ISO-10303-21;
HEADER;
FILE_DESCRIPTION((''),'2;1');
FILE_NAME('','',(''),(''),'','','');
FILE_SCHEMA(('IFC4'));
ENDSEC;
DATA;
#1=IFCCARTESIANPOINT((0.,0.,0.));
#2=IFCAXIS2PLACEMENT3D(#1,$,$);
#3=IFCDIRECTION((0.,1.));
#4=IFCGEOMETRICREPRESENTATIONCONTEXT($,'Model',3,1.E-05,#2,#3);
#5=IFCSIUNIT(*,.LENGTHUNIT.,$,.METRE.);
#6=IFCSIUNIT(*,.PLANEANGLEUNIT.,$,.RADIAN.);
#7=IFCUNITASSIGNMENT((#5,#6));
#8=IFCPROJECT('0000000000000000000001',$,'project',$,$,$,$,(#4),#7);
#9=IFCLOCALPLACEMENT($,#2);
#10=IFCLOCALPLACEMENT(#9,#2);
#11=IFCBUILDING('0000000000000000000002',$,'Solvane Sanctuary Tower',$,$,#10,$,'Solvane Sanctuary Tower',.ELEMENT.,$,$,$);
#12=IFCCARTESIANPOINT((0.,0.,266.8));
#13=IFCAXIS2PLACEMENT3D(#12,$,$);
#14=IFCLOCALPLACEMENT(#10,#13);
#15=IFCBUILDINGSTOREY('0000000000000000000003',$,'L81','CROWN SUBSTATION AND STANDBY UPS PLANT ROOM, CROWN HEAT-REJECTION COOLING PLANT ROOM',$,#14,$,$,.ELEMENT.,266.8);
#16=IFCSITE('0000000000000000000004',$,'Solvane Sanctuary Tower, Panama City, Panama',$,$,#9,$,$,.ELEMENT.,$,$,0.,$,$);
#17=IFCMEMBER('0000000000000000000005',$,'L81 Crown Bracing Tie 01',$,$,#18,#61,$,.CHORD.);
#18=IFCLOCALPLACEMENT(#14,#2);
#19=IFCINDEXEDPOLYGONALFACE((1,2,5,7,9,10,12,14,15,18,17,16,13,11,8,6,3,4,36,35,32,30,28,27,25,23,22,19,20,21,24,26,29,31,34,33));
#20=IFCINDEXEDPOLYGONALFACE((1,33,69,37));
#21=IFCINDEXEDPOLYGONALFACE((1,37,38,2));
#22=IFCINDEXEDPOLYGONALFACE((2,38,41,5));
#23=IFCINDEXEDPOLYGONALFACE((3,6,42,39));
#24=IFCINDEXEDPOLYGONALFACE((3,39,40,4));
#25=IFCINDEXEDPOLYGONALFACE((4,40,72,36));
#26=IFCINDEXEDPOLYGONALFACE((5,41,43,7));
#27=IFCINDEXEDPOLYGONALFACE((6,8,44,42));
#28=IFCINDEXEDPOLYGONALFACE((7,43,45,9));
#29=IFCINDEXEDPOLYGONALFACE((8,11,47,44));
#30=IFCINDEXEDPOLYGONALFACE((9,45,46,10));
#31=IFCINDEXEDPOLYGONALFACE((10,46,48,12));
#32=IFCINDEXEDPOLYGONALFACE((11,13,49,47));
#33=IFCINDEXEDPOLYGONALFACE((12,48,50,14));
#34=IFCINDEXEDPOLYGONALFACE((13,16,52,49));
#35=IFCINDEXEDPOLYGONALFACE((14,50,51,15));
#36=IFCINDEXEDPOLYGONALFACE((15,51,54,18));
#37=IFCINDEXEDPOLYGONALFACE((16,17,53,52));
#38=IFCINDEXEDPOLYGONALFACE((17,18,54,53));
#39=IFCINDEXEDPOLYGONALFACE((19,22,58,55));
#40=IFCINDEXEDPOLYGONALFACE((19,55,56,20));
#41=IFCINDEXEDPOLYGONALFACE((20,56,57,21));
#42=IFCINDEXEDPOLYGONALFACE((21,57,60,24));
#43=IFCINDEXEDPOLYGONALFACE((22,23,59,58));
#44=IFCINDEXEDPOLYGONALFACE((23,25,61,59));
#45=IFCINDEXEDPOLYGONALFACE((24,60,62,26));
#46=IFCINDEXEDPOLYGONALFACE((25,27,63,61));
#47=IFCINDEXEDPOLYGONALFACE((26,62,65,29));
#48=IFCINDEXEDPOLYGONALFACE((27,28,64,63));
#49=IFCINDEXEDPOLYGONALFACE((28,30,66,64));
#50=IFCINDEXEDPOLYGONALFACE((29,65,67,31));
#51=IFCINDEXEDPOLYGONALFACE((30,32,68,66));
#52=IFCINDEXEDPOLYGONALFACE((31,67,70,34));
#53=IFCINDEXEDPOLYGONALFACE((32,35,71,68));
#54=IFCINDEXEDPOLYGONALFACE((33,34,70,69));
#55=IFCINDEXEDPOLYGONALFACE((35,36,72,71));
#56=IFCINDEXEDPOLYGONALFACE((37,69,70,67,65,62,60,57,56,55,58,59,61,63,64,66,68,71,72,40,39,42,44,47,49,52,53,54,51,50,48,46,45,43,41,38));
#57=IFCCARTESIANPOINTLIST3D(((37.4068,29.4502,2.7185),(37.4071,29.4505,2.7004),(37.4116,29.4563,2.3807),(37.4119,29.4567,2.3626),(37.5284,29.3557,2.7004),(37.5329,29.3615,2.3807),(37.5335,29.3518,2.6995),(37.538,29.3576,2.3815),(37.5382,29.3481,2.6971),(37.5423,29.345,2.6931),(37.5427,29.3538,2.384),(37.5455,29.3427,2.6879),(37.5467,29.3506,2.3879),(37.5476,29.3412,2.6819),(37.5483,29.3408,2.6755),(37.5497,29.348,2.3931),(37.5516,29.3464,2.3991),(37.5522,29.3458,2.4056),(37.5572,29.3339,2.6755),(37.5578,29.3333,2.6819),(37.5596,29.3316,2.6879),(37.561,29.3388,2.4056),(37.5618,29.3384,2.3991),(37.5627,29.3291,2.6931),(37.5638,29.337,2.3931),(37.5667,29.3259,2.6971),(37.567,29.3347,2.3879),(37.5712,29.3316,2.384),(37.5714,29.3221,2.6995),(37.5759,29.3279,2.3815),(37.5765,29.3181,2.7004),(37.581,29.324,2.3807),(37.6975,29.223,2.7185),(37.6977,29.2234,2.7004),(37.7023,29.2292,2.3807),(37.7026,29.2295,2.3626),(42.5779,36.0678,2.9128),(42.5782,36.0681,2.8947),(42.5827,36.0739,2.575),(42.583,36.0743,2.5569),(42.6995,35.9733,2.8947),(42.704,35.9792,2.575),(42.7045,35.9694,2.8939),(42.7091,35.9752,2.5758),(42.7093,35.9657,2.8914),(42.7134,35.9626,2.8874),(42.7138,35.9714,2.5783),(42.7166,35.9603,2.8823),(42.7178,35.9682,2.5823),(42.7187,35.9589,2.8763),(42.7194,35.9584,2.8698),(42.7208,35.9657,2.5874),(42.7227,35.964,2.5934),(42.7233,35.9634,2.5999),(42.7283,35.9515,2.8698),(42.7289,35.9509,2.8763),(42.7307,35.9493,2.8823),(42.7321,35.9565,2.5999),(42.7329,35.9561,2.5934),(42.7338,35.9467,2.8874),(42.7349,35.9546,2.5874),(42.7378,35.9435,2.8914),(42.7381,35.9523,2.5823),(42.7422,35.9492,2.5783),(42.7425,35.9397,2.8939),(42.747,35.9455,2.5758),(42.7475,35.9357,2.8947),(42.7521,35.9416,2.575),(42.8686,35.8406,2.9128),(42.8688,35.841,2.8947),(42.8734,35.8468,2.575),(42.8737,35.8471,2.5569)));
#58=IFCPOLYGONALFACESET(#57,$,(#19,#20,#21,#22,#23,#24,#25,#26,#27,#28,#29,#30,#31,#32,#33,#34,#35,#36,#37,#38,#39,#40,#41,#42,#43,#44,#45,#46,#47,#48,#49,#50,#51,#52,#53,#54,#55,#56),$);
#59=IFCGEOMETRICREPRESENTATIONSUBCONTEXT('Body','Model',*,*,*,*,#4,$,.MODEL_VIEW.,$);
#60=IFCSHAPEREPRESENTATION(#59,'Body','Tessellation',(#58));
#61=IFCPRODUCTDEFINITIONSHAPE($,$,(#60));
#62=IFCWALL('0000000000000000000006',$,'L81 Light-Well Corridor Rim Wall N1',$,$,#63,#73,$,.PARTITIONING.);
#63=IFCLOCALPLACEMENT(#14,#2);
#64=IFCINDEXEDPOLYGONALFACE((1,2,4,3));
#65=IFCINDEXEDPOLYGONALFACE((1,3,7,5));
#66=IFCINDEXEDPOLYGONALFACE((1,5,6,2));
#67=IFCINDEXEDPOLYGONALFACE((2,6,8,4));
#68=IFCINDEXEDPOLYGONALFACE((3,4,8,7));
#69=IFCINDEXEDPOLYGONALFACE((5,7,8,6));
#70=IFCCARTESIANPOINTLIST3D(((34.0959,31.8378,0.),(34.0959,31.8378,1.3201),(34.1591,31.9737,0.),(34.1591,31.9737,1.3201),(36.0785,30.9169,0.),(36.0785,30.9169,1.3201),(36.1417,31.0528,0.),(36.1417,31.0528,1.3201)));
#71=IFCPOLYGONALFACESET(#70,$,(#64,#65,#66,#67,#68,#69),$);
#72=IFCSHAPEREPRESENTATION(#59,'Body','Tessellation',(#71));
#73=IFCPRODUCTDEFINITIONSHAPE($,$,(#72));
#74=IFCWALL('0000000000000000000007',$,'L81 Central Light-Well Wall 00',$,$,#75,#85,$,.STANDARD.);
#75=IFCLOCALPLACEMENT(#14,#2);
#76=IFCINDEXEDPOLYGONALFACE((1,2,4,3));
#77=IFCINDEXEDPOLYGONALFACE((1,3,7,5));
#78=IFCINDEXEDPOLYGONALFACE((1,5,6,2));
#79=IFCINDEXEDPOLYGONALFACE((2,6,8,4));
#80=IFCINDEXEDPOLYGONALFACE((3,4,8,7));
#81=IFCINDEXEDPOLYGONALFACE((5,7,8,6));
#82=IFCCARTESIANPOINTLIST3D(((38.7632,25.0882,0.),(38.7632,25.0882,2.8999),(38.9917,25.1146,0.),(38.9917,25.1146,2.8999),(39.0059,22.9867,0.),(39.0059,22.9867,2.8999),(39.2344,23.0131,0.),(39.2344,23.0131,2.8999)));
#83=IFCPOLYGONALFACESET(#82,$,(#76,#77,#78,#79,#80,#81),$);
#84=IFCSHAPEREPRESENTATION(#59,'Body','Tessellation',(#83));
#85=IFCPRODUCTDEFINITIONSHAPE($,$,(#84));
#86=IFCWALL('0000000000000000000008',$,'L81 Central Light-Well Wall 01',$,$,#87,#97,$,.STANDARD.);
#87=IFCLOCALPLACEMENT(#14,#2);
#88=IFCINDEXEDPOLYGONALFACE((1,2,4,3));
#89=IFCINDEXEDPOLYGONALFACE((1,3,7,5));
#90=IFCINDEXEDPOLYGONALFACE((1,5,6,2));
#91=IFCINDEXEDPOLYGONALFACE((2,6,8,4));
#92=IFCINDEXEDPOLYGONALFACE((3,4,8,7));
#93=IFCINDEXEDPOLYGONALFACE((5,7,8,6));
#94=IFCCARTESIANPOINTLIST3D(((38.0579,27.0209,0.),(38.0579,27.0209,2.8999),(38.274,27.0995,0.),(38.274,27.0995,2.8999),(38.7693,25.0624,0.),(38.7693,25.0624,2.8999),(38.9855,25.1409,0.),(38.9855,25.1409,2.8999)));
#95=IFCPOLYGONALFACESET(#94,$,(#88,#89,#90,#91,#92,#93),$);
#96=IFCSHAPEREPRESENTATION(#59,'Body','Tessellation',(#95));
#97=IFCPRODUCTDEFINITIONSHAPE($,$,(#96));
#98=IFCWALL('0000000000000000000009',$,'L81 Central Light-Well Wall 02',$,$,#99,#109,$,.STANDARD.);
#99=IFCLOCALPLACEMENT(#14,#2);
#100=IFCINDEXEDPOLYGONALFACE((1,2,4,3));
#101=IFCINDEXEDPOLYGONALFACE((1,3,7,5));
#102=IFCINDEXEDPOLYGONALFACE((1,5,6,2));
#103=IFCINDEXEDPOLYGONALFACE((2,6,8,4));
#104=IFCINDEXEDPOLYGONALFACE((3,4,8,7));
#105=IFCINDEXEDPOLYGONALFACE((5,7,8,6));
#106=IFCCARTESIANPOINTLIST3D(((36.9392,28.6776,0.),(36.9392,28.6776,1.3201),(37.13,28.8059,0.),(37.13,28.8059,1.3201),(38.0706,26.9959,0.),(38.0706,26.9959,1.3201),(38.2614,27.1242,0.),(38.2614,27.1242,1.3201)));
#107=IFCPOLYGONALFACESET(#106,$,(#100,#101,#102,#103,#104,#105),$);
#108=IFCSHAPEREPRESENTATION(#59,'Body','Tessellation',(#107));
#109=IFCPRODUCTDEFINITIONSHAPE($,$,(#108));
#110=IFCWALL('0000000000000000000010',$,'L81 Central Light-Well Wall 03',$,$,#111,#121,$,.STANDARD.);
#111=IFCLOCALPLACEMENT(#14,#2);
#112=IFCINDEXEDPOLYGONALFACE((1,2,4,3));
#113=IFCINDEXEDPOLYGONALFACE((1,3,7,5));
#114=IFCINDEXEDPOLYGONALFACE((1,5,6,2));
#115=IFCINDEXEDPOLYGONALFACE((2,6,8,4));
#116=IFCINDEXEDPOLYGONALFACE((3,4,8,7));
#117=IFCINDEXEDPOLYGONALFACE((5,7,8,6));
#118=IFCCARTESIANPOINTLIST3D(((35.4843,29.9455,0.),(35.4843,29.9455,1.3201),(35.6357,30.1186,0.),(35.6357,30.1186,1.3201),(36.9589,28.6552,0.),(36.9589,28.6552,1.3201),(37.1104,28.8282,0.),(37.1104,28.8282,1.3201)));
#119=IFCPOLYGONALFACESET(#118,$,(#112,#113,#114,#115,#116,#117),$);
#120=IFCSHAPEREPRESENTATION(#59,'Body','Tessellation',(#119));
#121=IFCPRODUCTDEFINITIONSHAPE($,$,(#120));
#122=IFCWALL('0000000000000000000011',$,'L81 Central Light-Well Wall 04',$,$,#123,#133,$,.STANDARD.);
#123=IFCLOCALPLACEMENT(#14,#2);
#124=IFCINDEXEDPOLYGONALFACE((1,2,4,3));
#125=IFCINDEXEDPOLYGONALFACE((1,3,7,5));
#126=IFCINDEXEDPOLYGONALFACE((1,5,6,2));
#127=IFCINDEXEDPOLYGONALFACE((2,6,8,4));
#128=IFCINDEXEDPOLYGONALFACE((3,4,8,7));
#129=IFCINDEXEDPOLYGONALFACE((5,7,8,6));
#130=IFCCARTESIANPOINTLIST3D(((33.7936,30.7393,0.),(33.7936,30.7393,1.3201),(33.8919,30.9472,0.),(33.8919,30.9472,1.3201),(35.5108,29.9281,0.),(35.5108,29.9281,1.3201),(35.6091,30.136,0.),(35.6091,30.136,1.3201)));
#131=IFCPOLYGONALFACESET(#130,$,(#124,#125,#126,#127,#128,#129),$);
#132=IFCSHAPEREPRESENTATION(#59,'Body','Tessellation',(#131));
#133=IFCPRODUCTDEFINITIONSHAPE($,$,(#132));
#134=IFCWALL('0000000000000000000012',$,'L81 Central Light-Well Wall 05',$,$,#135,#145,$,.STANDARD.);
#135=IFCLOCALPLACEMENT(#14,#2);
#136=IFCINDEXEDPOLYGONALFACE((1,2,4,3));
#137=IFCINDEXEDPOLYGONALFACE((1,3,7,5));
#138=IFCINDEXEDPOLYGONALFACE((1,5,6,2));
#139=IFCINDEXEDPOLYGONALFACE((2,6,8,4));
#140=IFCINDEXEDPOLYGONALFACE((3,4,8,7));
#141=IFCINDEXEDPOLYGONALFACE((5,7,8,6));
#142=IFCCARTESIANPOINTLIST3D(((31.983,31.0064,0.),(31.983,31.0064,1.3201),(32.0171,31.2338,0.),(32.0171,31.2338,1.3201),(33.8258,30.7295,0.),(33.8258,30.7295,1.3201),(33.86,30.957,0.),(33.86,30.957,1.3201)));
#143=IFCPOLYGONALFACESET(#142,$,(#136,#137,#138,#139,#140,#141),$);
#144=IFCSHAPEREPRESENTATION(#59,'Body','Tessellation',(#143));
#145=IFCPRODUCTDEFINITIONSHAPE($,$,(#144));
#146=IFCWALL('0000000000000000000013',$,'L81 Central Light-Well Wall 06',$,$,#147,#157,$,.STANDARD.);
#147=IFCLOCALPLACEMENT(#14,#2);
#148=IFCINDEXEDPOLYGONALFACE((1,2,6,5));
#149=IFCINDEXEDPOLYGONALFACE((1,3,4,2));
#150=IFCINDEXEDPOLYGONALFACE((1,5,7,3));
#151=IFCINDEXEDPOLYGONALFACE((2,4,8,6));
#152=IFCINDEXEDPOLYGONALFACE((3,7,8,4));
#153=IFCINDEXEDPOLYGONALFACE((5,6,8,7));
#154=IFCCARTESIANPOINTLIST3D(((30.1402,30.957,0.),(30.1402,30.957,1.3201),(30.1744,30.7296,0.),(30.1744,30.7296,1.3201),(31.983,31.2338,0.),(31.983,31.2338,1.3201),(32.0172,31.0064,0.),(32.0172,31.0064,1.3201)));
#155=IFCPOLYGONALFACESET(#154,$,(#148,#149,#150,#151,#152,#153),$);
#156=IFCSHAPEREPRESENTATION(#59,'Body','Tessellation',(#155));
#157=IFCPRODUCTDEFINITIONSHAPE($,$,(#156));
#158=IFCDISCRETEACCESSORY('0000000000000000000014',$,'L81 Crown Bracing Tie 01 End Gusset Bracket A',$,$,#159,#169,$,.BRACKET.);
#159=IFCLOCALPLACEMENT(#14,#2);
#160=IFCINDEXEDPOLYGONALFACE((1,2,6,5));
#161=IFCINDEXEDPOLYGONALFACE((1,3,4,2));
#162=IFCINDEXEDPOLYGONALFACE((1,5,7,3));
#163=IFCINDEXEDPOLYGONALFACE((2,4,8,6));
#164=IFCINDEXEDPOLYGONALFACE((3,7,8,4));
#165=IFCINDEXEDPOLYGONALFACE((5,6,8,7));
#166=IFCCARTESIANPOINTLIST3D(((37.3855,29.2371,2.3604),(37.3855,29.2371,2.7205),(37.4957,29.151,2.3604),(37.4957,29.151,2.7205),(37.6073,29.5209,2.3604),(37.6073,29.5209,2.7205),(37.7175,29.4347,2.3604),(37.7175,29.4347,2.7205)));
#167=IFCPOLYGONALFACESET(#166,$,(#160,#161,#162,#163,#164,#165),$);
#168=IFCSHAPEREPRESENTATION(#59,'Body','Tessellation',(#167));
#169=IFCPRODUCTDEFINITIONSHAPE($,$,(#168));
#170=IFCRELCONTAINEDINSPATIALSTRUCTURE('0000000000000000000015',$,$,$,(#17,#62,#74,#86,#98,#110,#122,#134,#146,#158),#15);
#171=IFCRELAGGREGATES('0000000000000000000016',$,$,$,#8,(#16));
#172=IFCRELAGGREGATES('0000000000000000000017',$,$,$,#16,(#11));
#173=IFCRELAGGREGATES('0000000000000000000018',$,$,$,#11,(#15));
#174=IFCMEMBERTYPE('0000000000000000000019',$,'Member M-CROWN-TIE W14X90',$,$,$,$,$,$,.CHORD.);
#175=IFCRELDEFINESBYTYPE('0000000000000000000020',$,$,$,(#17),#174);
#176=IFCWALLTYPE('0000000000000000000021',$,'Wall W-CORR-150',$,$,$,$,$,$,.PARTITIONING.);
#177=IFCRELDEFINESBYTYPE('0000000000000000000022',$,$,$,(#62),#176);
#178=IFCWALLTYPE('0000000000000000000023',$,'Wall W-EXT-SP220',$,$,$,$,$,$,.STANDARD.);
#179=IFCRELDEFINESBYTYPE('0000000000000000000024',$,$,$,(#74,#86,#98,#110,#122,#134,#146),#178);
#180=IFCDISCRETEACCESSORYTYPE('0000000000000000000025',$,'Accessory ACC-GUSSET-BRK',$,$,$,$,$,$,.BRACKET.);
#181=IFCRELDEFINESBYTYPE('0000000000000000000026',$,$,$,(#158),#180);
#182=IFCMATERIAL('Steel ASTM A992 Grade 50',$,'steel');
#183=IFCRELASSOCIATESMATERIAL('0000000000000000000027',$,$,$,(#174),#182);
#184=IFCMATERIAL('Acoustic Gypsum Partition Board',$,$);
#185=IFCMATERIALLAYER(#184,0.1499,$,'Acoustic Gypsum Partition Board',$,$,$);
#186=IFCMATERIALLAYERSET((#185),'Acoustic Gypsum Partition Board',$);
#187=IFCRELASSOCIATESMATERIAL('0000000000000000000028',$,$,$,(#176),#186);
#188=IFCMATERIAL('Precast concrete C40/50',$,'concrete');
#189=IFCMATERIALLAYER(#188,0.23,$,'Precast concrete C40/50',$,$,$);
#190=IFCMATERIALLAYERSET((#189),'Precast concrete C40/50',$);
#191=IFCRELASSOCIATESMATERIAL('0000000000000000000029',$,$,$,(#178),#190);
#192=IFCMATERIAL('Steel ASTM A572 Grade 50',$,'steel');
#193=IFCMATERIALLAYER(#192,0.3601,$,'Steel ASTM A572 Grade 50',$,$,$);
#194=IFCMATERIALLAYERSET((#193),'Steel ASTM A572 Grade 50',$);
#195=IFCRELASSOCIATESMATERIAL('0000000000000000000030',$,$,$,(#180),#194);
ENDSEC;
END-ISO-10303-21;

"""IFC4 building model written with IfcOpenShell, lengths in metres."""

from ifc_helpers import new_model, si_unit, direction, frame, frame_2d, origin, origin_2d, place, context, subcontext, project, spatial, rectangle, i_section, extrude, material, layer, layer_set, material_profile, profile_set, type_object, element, save


model = new_model("IFC4")

# Units and contexts
model_context = context("Model", 3, precision=1e-05, world=origin(), true_north=direction((0.0, 1.0)))
body_context = subcontext(model_context, "Body", "Model", "MODEL_VIEW")
ifc_project = project(units=[si_unit("LENGTHUNIT", "METRE"), si_unit("PLANEANGLEUNIT", "RADIAN")], contexts=[model_context])

# Site, building, storey
site_placement = place(None, origin())
site = spatial("IfcSite", under=ifc_project, at=site_placement, Name="Solvane Sanctuary Tower, Panama City, Panama", CompositionType="ELEMENT", RefElevation=0.0)
building_placement = place(site_placement, origin())
building = spatial("IfcBuilding", under=site, at=building_placement, Name="Solvane Sanctuary Tower", LongName="Solvane Sanctuary Tower", CompositionType="ELEMENT")
storey_placement = place(building_placement, frame((0.0, 0.0, 266.8)))
storey = spatial("IfcBuildingStorey", under=building, at=storey_placement, Name="L81", Description="CROWN SUBSTATION AND STANDBY UPS PLANT ROOM, CROWN HEAT-REJECTION COOLING PLANT ROOM", CompositionType="ELEMENT", Elevation=266.8)

# Shared definitions
ifc_material_1 = material(Name="Steel ASTM A992 Grade 50", Category="steel")

# Member
ifc_material_profile_1 = material_profile(ifc_material_1, i_section(OverallWidth=0.3689, OverallDepth=0.356, WebThickness=0.0112, FlangeThickness=0.0181, FilletRadius=0.0249, at=origin_2d()), Name="W14X90")
ifc_profile_set_1 = profile_set([ifc_material_profile_1], Name="Steel ASTM A992 Grade 50")
member_type = type_object("IfcMemberType", Name="Member M-CROWN-TIE W14X90", PredefinedType="CHORD", material=ifc_profile_set_1)
member_placement = place(storey_placement, frame((37.5547, 29.3398, 2.5405), z_axis=(0.615559, 0.787751, 0.023133), x_axis=(-0.787962, 0.615724, 0.0)))
element("IfcMember", 1, at=member_placement, inside=storey, type_object=member_type, Name="L81 Crown Bracing Tie 01", PredefinedType="CHORD", context=body_context, shape_type="SweptSolid", body=[
    extrude(i_section(OverallWidth=0.3689, OverallDepth=0.356, WebThickness=0.0112, FlangeThickness=0.0181, FilletRadius=0.0249, at=origin_2d()), origin(), (0.0, 0.0, 1.0), 8.4006),
])

# Walls
ifc_material_2 = material(Name="Acoustic Gypsum Partition Board")
ifc_layer_1 = layer(ifc_material_2, 0.1499, Name="Acoustic Gypsum Partition Board")
ifc_layer_set_1 = layer_set([ifc_layer_1], Name="Acoustic Gypsum Partition Board")
wall_type_1 = type_object("IfcWallType", Name="Wall W-CORR-150", PredefinedType="PARTITIONING", material=ifc_layer_set_1)
wall_1_placement = place(storey_placement, frame((36.1101, 30.9849, 0.0), z_axis=(0.0, 0.0, 1.0), x_axis=(-0.906943, 0.421252, 0.0)))
element("IfcWall", 2, at=wall_1_placement, inside=storey, type_object=wall_type_1, Name="L81 Light-Well Corridor Rim Wall N1", PredefinedType="PARTITIONING", context=body_context, shape_type="SweptSolid", body=[
    extrude(rectangle(XDim=2.186, YDim=0.1499, at=frame_2d((1.093, 0.0))), origin(), (0.0, 0.0, 1.0), 1.3201),
])
ifc_material_3 = material(Name="Precast concrete C40/50", Category="concrete")
ifc_layer_2 = layer(ifc_material_3, 0.23, Name="Precast concrete C40/50")
ifc_layer_set_2 = layer_set([ifc_layer_2], Name="Precast concrete C40/50")
wall_type_2 = type_object("IfcWallType", Name="Wall W-EXT-SP220", PredefinedType="STANDARD", material=ifc_layer_set_2)
wall_2_placement = place(storey_placement, frame((39.1201, 23.0, 0.0), z_axis=(0.0, 0.0, 1.0), x_axis=(-0.114712, 0.993399, 0.0)))
element("IfcWall", 3, at=wall_2_placement, inside=storey, type_object=wall_type_2, Name="L81 Central Light-Well Wall 00", PredefinedType="STANDARD", context=body_context, shape_type="SweptSolid", body=[
    extrude(rectangle(XDim=2.1155, YDim=0.23, at=frame_2d((1.0576, 0.0))), origin(), (0.0, 0.0, 1.0), 2.8999),
])
wall_3_placement = place(storey_placement, frame((38.8774, 25.1016, 0.0), z_axis=(0.0, 0.0, 1.0), x_axis=(-0.341423, 0.93991, 0.0)))
element("IfcWall", 4, at=wall_3_placement, inside=storey, type_object=wall_type_2, Name="L81 Central Light-Well Wall 01", PredefinedType="STANDARD", context=body_context, shape_type="SweptSolid", body=[
    extrude(rectangle(XDim=2.0837, YDim=0.23, at=frame_2d((1.042, 0.0))), origin(), (0.0, 0.0, 1.0), 2.8999),
])
wall_4_placement = place(storey_placement, frame((38.166, 27.0601, 0.0), z_axis=(0.0, 0.0, 1.0), x_axis=(-0.558198, 0.829708, 0.0)))
element("IfcWall", 5, at=wall_4_placement, inside=storey, type_object=wall_type_2, Name="L81 Central Light-Well Wall 02", PredefinedType="STANDARD", context=body_context, shape_type="SweptSolid", body=[
    extrude(rectangle(XDim=2.0269, YDim=0.23, at=frame_2d((1.0134, 0.0))), origin(), (0.0, 0.0, 1.0), 1.3201),
])
wall_5_placement = place(storey_placement, frame((37.0347, 28.7417, 0.0), z_axis=(0.0, 0.0, 1.0), x_axis=(-0.752577, 0.658505, 0.0)))
element("IfcWall", 6, at=wall_5_placement, inside=storey, type_object=wall_type_2, Name="L81 Central Light-Well Wall 03", PredefinedType="STANDARD", context=body_context, shape_type="SweptSolid", body=[
    extrude(rectangle(XDim=1.9595, YDim=0.23, at=frame_2d((0.9797, 0.0))), origin(), (0.0, 0.0, 1.0), 1.3201),
])
wall_6_placement = place(storey_placement, frame((35.5601, 30.032, 0.0), z_axis=(0.0, 0.0, 1.0), x_axis=(-0.90418, 0.427152, 0.0)))
element("IfcWall", 7, at=wall_6_placement, inside=storey, type_object=wall_type_2, Name="L81 Central Light-Well Wall 04", PredefinedType="STANDARD", context=body_context, shape_type="SweptSolid", body=[
    extrude(rectangle(XDim=1.8992, YDim=0.23, at=frame_2d((0.9497, 0.0))), origin(), (0.0, 0.0, 1.0), 1.3201),
])
for number, where, z_axis, x_axis, name in (
    (8, (33.8428, 30.8433, 0.0), (0.0, 0.0, 1.0), (-0.988902, 0.148571, 0.0), "L81 Central Light-Well Wall 05"),
    (9, (32.0, 31.1201, 0.0), (0.0, 0.0, 1.0), (-0.988902, -0.148571, 0.0), "L81 Central Light-Well Wall 06"),
):
    element("IfcWall", number, at=place(storey_placement, frame(where, z_axis=z_axis, x_axis=x_axis)), inside=storey, type_object=wall_type_2, Name=name, PredefinedType="STANDARD", context=body_context, shape_type="SweptSolid", body=[
        extrude(rectangle(XDim=1.8635, YDim=0.23, at=frame_2d((0.9316, 0.0))), origin(), (0.0, 0.0, 1.0), 1.3201),
    ])

# Discrete accessory
ifc_material_4 = material(Name="Steel ASTM A572 Grade 50", Category="steel")
ifc_layer_3 = layer(ifc_material_4, 0.3601, Name="Steel ASTM A572 Grade 50")
ifc_layer_set_3 = layer_set([ifc_layer_3], Name="Steel ASTM A572 Grade 50")
discrete_accessory_type = type_object("IfcDiscreteAccessoryType", Name="Accessory ACC-GUSSET-BRK", PredefinedType="BRACKET", material=ifc_layer_set_3)
discrete_accessory_placement = place(storey_placement, frame((37.5515, 29.3359, 2.3604), z_axis=(0.0, 0.0, 1.0), x_axis=(0.615799, 0.787903, 0.0)))
element("IfcDiscreteAccessory", 10, at=discrete_accessory_placement, inside=storey, type_object=discrete_accessory_type, Name="L81 Crown Bracing Tie 01 End Gusset Bracket A", PredefinedType="BRACKET", context=body_context, shape_type="SweptSolid", body=[
    extrude(rectangle(XDim=0.3601, YDim=0.1399, at=origin_2d()), origin(), (0.0, 0.0, 1.0), 0.3601),
])

save(model, "model.ifc")
